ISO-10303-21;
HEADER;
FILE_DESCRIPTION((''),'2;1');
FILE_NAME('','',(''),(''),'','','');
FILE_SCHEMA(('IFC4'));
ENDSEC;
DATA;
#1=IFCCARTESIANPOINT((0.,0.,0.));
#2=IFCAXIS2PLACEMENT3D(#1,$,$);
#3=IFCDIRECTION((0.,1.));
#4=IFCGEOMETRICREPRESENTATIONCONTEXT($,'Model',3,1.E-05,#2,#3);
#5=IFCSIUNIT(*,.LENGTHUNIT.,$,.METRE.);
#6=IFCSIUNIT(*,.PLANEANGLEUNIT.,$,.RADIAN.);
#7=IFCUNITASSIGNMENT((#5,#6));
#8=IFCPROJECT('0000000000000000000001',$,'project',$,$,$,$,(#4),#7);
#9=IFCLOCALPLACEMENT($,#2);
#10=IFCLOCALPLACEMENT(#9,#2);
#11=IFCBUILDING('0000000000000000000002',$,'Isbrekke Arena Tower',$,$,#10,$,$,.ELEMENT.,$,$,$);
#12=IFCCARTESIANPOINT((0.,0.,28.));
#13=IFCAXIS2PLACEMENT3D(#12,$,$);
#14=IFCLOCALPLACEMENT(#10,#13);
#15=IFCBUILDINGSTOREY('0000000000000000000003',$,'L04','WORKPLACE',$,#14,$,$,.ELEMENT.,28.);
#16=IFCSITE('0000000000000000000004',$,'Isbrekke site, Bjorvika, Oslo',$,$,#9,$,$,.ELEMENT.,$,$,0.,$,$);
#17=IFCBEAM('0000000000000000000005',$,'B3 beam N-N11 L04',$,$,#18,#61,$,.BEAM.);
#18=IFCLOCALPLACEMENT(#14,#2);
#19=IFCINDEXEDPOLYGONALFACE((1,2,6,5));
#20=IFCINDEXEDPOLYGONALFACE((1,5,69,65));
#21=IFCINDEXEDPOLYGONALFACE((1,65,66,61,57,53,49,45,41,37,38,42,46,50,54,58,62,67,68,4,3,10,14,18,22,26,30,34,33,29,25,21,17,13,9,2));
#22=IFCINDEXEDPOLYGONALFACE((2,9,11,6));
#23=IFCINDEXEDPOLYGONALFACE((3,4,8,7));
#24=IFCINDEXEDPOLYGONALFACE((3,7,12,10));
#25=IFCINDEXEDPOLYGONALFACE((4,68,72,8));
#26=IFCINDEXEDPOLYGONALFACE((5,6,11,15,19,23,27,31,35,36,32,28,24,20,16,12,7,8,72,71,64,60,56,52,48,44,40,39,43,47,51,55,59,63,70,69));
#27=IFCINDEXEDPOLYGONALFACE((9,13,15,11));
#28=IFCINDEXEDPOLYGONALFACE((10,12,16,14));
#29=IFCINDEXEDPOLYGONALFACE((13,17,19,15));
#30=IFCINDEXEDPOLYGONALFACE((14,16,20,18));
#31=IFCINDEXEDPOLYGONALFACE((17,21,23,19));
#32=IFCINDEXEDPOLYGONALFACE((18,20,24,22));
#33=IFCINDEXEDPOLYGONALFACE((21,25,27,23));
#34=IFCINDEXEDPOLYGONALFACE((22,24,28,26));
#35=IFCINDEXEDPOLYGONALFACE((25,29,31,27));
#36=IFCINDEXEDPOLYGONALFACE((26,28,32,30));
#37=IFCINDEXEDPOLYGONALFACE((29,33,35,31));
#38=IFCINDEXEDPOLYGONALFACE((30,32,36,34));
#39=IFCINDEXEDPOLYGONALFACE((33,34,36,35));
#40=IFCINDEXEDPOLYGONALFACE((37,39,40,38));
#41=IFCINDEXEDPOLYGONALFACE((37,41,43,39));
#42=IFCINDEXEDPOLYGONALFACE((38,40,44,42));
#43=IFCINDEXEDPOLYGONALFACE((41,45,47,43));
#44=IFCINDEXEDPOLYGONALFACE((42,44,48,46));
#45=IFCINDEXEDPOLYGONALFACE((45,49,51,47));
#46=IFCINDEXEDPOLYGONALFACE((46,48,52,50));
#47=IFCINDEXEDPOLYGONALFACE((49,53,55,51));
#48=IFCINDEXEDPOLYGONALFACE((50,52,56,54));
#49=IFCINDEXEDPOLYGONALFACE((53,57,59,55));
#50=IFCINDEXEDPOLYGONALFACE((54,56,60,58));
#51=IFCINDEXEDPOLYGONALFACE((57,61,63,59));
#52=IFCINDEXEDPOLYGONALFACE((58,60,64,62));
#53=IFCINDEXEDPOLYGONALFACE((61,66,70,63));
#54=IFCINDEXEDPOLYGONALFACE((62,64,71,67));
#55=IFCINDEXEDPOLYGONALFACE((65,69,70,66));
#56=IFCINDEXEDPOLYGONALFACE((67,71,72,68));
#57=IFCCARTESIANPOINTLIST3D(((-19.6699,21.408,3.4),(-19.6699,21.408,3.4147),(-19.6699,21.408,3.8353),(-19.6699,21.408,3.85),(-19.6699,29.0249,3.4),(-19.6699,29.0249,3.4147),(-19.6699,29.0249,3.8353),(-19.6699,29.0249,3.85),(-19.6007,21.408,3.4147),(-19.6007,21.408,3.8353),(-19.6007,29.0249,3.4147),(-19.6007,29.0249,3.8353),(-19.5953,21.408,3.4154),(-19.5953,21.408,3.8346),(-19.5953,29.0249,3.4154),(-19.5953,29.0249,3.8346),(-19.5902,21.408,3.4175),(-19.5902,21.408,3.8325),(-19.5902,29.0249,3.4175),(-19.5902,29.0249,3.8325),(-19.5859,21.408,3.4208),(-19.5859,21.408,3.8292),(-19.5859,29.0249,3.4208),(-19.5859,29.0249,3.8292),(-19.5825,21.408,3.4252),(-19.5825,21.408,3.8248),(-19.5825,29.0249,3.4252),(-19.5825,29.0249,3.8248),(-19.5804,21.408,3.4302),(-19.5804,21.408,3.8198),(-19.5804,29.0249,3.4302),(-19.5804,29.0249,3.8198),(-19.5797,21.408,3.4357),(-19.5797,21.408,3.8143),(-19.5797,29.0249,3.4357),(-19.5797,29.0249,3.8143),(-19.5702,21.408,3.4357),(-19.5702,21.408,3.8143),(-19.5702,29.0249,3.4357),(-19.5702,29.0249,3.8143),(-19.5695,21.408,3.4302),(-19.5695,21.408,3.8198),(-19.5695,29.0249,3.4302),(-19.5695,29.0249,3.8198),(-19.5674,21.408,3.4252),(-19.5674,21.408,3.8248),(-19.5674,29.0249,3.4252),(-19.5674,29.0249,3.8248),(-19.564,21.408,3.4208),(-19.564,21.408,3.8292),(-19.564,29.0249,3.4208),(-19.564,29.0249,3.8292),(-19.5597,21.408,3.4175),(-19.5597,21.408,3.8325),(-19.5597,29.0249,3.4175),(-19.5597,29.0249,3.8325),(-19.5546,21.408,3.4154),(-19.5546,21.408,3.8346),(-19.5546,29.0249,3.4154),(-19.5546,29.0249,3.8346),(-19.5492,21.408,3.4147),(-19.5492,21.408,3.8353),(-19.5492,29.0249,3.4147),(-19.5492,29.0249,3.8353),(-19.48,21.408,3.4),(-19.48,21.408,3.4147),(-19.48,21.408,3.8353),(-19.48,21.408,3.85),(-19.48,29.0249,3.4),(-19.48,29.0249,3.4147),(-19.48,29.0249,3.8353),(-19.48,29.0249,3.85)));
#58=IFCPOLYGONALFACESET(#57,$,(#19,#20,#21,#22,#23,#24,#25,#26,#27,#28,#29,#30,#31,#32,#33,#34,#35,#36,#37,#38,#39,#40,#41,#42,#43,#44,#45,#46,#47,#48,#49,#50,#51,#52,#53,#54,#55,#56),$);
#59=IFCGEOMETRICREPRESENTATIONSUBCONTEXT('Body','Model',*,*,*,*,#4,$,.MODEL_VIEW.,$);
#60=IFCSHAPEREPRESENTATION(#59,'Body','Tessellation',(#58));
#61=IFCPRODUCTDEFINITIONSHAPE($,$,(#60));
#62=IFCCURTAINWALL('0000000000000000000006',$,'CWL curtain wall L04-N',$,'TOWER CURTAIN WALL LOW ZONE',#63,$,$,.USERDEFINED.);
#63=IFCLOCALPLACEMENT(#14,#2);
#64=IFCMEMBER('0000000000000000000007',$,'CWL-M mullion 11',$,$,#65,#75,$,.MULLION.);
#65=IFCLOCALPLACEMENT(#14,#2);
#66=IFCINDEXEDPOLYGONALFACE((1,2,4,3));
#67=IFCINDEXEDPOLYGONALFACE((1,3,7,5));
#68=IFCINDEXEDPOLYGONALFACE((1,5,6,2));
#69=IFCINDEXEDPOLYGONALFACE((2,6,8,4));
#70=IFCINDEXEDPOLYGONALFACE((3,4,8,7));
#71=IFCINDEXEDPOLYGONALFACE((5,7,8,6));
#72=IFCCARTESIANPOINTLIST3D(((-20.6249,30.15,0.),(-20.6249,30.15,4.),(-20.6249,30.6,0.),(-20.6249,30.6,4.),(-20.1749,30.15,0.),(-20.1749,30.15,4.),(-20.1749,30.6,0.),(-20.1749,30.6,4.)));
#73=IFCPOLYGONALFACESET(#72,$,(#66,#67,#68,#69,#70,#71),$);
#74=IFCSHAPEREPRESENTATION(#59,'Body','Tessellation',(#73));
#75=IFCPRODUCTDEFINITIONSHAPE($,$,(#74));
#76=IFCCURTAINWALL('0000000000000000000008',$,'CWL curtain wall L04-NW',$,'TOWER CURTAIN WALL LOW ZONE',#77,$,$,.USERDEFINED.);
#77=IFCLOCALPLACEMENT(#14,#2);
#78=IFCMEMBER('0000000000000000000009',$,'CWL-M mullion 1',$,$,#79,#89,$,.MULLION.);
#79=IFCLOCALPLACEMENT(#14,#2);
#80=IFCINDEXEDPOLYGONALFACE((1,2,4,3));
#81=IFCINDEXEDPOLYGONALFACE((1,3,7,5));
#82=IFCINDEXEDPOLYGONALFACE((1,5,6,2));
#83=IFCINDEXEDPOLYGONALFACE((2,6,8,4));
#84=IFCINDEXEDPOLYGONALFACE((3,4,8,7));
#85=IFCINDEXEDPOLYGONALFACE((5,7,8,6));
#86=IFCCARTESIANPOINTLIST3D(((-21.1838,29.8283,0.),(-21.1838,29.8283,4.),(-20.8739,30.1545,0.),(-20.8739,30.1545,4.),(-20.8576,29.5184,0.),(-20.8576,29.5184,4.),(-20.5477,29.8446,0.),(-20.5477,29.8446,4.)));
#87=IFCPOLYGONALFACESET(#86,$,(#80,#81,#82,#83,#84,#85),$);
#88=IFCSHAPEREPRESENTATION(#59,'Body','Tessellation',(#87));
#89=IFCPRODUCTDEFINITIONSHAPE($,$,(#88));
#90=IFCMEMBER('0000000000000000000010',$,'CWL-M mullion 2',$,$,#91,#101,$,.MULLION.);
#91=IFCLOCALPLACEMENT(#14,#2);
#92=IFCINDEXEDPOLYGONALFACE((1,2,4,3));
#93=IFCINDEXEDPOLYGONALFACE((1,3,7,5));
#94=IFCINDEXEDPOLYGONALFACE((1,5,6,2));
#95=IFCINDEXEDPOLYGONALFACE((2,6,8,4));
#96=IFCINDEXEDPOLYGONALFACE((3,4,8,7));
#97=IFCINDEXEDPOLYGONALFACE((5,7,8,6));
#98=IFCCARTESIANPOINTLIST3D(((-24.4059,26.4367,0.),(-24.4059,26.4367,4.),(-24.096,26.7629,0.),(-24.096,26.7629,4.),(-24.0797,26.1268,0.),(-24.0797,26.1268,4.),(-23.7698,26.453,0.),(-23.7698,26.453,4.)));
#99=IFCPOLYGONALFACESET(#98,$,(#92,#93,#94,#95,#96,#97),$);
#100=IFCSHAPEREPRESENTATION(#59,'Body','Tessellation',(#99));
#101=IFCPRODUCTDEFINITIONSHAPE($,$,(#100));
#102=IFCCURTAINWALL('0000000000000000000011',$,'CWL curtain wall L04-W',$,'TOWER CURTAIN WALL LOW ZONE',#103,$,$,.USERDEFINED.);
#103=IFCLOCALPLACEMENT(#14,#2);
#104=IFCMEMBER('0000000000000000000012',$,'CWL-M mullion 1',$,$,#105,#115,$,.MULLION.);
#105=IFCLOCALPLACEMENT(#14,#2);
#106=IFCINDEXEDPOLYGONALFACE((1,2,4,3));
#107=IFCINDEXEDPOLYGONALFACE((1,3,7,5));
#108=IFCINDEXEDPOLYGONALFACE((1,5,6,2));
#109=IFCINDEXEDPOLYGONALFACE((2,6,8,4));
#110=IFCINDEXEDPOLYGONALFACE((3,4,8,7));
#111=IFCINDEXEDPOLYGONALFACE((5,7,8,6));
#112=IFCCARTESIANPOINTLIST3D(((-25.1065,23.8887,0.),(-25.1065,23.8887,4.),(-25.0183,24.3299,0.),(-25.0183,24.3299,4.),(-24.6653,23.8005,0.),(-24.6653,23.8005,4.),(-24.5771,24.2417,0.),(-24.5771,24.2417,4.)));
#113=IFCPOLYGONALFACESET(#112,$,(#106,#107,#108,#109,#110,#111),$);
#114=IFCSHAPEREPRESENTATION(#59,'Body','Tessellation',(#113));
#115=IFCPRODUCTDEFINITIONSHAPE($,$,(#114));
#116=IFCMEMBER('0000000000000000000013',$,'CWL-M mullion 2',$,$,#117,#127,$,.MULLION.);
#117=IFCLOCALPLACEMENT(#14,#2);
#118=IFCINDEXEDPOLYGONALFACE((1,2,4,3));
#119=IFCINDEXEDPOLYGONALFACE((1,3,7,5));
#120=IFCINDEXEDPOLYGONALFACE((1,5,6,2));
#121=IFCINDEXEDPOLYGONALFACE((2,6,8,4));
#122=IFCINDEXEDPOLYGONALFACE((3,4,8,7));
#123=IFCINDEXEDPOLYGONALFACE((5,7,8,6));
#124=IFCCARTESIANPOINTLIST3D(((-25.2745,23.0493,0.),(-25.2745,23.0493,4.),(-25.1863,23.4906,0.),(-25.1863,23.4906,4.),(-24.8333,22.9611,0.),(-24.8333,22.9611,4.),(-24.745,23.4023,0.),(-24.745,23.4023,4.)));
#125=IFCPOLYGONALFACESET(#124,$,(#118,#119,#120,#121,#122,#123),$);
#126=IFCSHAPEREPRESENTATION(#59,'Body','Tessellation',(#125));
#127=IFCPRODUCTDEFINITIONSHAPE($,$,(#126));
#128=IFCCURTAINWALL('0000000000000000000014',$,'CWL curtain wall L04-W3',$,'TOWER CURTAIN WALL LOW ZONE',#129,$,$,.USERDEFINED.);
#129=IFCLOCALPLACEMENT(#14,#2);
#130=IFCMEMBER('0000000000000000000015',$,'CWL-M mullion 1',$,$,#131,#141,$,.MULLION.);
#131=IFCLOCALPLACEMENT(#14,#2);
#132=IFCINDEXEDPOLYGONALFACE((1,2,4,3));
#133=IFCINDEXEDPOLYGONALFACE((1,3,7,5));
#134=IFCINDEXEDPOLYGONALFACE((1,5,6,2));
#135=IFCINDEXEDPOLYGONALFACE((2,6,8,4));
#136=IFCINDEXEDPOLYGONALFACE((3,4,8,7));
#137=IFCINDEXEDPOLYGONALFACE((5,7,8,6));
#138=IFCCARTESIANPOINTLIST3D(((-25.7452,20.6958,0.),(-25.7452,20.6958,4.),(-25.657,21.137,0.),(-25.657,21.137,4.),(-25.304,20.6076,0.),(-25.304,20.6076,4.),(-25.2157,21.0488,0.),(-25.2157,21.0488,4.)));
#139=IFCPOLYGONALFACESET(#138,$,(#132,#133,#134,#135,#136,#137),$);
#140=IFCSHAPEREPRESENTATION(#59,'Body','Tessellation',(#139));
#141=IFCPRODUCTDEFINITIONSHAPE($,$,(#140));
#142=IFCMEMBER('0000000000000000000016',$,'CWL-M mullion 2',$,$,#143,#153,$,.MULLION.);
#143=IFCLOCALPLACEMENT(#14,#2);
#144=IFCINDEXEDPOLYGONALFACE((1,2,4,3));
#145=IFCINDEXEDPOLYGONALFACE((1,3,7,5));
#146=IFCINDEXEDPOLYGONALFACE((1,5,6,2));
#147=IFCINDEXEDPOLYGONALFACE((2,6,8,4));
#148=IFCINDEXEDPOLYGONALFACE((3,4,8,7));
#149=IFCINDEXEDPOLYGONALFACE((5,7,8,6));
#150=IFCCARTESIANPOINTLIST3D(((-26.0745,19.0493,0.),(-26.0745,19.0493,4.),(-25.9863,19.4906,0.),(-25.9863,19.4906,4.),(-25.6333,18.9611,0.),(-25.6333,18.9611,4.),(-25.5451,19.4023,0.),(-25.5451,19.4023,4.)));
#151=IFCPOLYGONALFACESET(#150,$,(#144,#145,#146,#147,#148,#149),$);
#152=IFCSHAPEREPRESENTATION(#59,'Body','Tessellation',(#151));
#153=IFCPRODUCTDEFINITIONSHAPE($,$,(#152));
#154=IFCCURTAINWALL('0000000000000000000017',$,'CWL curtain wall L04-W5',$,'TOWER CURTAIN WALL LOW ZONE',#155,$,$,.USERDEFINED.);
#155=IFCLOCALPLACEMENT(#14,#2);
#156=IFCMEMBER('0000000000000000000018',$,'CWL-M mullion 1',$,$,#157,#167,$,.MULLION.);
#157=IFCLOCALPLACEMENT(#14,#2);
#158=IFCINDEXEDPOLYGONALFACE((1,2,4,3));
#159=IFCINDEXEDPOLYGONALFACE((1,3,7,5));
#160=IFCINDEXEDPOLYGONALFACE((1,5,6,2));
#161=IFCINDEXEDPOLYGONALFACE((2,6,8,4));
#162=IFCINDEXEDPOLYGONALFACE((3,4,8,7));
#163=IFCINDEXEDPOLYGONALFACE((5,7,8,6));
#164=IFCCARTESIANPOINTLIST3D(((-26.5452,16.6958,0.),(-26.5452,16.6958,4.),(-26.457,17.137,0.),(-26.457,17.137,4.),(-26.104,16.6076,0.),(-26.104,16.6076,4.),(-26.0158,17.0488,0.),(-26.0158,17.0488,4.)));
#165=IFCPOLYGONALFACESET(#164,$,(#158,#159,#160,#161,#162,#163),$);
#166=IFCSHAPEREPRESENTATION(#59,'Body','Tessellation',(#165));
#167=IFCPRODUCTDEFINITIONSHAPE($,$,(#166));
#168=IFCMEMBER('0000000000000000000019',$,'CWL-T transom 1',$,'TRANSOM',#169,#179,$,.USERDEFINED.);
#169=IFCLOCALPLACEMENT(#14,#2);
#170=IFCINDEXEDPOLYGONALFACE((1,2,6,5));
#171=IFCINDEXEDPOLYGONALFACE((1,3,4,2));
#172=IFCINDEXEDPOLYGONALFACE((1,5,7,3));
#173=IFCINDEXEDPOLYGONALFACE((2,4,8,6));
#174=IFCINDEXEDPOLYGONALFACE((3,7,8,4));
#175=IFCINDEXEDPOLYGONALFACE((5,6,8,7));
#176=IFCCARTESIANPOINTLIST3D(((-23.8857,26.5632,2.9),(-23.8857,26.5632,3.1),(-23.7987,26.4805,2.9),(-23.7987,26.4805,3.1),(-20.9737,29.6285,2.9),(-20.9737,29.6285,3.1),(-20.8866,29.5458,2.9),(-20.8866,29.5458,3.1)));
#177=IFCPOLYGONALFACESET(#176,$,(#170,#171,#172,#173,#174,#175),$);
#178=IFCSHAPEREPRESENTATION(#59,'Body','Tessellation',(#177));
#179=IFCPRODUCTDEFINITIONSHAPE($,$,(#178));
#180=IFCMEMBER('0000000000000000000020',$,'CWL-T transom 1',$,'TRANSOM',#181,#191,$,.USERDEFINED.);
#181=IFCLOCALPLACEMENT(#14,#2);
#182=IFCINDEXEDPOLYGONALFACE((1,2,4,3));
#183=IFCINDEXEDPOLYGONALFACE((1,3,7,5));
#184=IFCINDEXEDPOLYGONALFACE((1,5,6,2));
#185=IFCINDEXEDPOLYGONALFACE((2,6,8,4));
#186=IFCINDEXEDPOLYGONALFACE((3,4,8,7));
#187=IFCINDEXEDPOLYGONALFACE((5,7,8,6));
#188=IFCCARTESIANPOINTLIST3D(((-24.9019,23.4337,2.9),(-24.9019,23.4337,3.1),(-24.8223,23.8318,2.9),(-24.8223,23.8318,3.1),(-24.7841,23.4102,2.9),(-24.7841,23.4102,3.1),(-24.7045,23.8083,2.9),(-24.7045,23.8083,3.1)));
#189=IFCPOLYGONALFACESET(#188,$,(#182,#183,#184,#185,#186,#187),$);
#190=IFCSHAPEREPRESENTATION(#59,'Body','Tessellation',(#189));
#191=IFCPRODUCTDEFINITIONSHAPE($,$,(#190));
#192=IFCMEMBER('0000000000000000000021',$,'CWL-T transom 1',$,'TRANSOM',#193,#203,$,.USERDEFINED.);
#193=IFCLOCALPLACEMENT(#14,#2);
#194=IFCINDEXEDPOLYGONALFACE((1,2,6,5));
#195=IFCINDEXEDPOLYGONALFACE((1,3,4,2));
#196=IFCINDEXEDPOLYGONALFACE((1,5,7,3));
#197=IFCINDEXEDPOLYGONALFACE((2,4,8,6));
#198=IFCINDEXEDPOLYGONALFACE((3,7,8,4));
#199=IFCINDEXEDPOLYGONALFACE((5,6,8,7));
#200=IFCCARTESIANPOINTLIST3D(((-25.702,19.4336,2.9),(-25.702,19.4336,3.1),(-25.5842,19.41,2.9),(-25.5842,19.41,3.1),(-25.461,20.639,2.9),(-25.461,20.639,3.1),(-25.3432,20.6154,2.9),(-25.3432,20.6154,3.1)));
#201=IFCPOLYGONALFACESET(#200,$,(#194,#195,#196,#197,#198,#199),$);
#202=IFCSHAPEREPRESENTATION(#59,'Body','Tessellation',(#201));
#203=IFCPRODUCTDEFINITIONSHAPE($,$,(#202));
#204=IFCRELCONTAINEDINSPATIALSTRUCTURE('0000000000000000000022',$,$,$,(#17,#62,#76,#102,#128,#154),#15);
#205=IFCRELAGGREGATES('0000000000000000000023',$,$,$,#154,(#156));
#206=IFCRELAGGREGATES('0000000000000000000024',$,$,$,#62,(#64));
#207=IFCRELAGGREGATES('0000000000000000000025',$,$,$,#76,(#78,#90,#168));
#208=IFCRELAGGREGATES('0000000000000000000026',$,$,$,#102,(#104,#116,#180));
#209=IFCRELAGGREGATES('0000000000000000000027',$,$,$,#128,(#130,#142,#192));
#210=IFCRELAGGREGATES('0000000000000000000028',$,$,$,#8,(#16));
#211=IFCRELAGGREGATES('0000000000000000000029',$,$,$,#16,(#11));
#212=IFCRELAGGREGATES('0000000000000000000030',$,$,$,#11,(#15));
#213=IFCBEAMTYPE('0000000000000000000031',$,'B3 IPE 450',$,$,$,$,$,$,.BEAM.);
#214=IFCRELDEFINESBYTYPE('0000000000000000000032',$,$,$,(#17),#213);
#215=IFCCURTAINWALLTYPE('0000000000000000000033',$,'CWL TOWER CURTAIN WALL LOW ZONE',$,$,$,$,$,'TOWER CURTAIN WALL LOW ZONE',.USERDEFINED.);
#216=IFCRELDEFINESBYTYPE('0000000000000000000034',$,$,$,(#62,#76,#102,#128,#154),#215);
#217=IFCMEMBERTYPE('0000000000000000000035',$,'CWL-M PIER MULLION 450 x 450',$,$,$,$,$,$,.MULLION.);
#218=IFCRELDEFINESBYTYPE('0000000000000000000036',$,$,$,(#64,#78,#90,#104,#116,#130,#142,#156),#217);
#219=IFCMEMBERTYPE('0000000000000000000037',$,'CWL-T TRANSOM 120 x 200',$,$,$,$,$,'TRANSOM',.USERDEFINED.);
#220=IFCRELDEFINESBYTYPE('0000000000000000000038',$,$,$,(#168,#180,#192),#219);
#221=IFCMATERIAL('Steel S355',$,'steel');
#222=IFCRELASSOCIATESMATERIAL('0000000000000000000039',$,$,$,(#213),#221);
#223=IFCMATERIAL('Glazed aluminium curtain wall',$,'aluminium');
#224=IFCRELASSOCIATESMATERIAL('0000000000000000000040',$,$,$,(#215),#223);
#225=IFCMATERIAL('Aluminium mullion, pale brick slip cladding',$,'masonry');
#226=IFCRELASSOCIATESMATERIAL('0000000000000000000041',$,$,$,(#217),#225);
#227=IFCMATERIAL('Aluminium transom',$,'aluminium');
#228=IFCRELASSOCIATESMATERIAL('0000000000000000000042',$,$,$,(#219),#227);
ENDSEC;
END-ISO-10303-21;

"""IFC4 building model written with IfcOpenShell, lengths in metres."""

from ifc_helpers import new_model, si_unit, direction, frame, origin, origin_2d, place, context, subcontext, project, spatial, rectangle, i_section, extrude, material, material_profile, profile_set, type_object, element, aggregate, save


model = new_model("IFC4")

# Units and contexts
model_context = context("Model", 3, precision=1e-05, world=origin(), true_north=direction((0.0, 1.0)))
body_context = subcontext(model_context, "Body", "Model", "MODEL_VIEW")
ifc_project = project(units=[si_unit("LENGTHUNIT", "METRE"), si_unit("PLANEANGLEUNIT", "RADIAN")], contexts=[model_context])

# Site, building, storey
site_placement = place(None, origin())
site = spatial("IfcSite", under=ifc_project, at=site_placement, Name="Isbrekke site, Bjorvika, Oslo", CompositionType="ELEMENT", RefElevation=0.0)
building_placement = place(site_placement, origin())
building = spatial("IfcBuilding", under=site, at=building_placement, Name="Isbrekke Arena Tower", CompositionType="ELEMENT")
storey_placement = place(building_placement, frame((0.0, 0.0, 28.0)))
storey = spatial("IfcBuildingStorey", under=building, at=storey_placement, Name="L04", Description="WORKPLACE", CompositionType="ELEMENT", Elevation=28.0)

# Beam
ifc_material_1 = material(Name="Steel S355", Category="steel")
ifc_material_profile_1 = material_profile(ifc_material_1, i_section(OverallWidth=0.1899, OverallDepth=0.45, WebThickness=0.0095, FlangeThickness=0.0146, FilletRadius=0.021, at=origin_2d()), Name="IPE 450")
ifc_profile_set_1 = profile_set([ifc_material_profile_1], Name="Steel S355")
beam_type_1 = type_object("IfcBeamType", Name="B3 IPE 450", PredefinedType="BEAM", material=ifc_profile_set_1)
beam_1_placement = place(storey_placement, frame((-19.575, 29.0249, 3.625), z_axis=(0.0, -1.0, 0.0), x_axis=(1.0, 0.0, 0.0)))
element("IfcBeam", 1, at=beam_1_placement, inside=storey, type_object=beam_type_1, Name="B3 beam N-N11 L04", PredefinedType="BEAM", context=body_context, shape_type="SweptSolid", body=[
    extrude(i_section(OverallWidth=0.1899, OverallDepth=0.45, WebThickness=0.0095, FlangeThickness=0.0146, FilletRadius=0.021, at=origin_2d()), origin(), (0.0, 0.0, 1.0), 7.6169),
])

# Curtain wall, member
ifc_material_2 = material(Name="Glazed aluminium curtain wall", Category="aluminium")
curtain_wall_type = type_object("IfcCurtainWallType", Name="CWL TOWER CURTAIN WALL LOW ZONE", ElementType="TOWER CURTAIN WALL LOW ZONE", PredefinedType="USERDEFINED", material=ifc_material_2)
curtain_wall_1_placement = place(storey_placement, origin())
curtain_wall_1 = element("IfcCurtainWall", 2, at=curtain_wall_1_placement, inside=storey, type_object=curtain_wall_type, Name="CWL curtain wall L04-N", ObjectType="TOWER CURTAIN WALL LOW ZONE", PredefinedType="USERDEFINED")
ifc_material_3 = material(Name="Aluminium mullion, pale brick slip cladding", Category="masonry")
ifc_material_profile_2 = material_profile(ifc_material_3, rectangle(XDim=0.45, YDim=0.45, at=origin_2d()), Name="PIER 450X450")
ifc_profile_set_2 = profile_set([ifc_material_profile_2], Name="Aluminium mullion, pale brick slip cladding")
member_type_1 = type_object("IfcMemberType", Name="CWL-M PIER MULLION 450 x 450", PredefinedType="MULLION", material=ifc_profile_set_2)
member_1_placement = place(storey_placement, frame((-20.3999, 30.375, 0.0), z_axis=(0.0, 0.0, 1.0), x_axis=(-1.0, 0.0, 0.0)))
member_1 = element("IfcMember", 3, at=member_1_placement, type_object=member_type_1, Name="CWL-M mullion 11", PredefinedType="MULLION", context=body_context, shape_type="SweptSolid", body=[
    extrude(rectangle(XDim=0.45, YDim=0.45, at=origin_2d()), origin(), (0.0, 0.0, 1.0), 4.0),
])

# Curtain walls, members
curtain_wall_2_placement = place(storey_placement, origin())
curtain_wall_2 = element("IfcCurtainWall", 4, at=curtain_wall_2_placement, inside=storey, type_object=curtain_wall_type, Name="CWL curtain wall L04-NW", ObjectType="TOWER CURTAIN WALL LOW ZONE", PredefinedType="USERDEFINED")
member_2_placement = place(storey_placement, frame((-20.8657, 29.8364, 0.0), z_axis=(0.0, 0.0, 1.0), x_axis=(-0.688749, -0.724999, 0.0)))
member_2 = element("IfcMember", 5, at=member_2_placement, type_object=member_type_1, Name="CWL-M mullion 1", PredefinedType="MULLION", context=body_context, shape_type="SweptSolid", body=[
    extrude(rectangle(XDim=0.45, YDim=0.45, at=origin_2d()), origin(), (0.0, 0.0, 1.0), 4.0),
])
member_3_placement = place(storey_placement, frame((-24.0879, 26.4448, 0.0), z_axis=(0.0, 0.0, 1.0), x_axis=(-0.688749, -0.724999, 0.0)))
member_3 = element("IfcMember", 6, at=member_3_placement, type_object=member_type_1, Name="CWL-M mullion 2", PredefinedType="MULLION", context=body_context, shape_type="SweptSolid", body=[
    extrude(rectangle(XDim=0.45, YDim=0.45, at=origin_2d()), origin(), (0.0, 0.0, 1.0), 4.0),
])
curtain_wall_3_placement = place(storey_placement, origin())
curtain_wall_3 = element("IfcCurtainWall", 7, at=curtain_wall_3_placement, inside=storey, type_object=curtain_wall_type, Name="CWL curtain wall L04-W", ObjectType="TOWER CURTAIN WALL LOW ZONE", PredefinedType="USERDEFINED")
member_4_placement = place(storey_placement, frame((-24.8418, 24.0652, 0.0), z_axis=(0.0, 0.0, 1.0), x_axis=(-0.196116, -0.980581, 0.0)))
member_4 = element("IfcMember", 8, at=member_4_placement, type_object=member_type_1, Name="CWL-M mullion 1", PredefinedType="MULLION", context=body_context, shape_type="SweptSolid", body=[
    extrude(rectangle(XDim=0.45, YDim=0.45, at=origin_2d()), origin(), (0.0, 0.0, 1.0), 4.0),
])
member_5_placement = place(storey_placement, frame((-25.0098, 23.2258, 0.0), z_axis=(0.0, 0.0, 1.0), x_axis=(-0.196116, -0.980581, 0.0)))
member_5 = element("IfcMember", 9, at=member_5_placement, type_object=member_type_1, Name="CWL-M mullion 2", PredefinedType="MULLION", context=body_context, shape_type="SweptSolid", body=[
    extrude(rectangle(XDim=0.45, YDim=0.45, at=origin_2d()), origin(), (0.0, 0.0, 1.0), 4.0),
])
curtain_wall_4_placement = place(storey_placement, origin())
curtain_wall_4 = element("IfcCurtainWall", 10, at=curtain_wall_4_placement, inside=storey, type_object=curtain_wall_type, Name="CWL curtain wall L04-W3", ObjectType="TOWER CURTAIN WALL LOW ZONE", PredefinedType="USERDEFINED")
member_6_placement = place(storey_placement, frame((-25.4805, 20.8723, 0.0), z_axis=(0.0, 0.0, 1.0), x_axis=(-0.196116, -0.980581, 0.0)))
member_6 = element("IfcMember", 11, at=member_6_placement, type_object=member_type_1, Name="CWL-M mullion 1", PredefinedType="MULLION", context=body_context, shape_type="SweptSolid", body=[
    extrude(rectangle(XDim=0.45, YDim=0.45, at=origin_2d()), origin(), (0.0, 0.0, 1.0), 4.0),
])
member_7_placement = place(storey_placement, frame((-25.8098, 19.2258, 0.0), z_axis=(0.0, 0.0, 1.0), x_axis=(-0.196116, -0.980581, 0.0)))
member_7 = element("IfcMember", 12, at=member_7_placement, type_object=member_type_1, Name="CWL-M mullion 2", PredefinedType="MULLION", context=body_context, shape_type="SweptSolid", body=[
    extrude(rectangle(XDim=0.45, YDim=0.45, at=origin_2d()), origin(), (0.0, 0.0, 1.0), 4.0),
])

# Curtain wall, member
curtain_wall_5_placement = place(storey_placement, origin())
curtain_wall_5 = element("IfcCurtainWall", 13, at=curtain_wall_5_placement, inside=storey, type_object=curtain_wall_type, Name="CWL curtain wall L04-W5", ObjectType="TOWER CURTAIN WALL LOW ZONE", PredefinedType="USERDEFINED")
member_8_placement = place(storey_placement, frame((-26.2805, 16.8723, 0.0), z_axis=(0.0, 0.0, 1.0), x_axis=(-0.196116, -0.980581, 0.0)))
member_8 = element("IfcMember", 14, at=member_8_placement, type_object=member_type_1, Name="CWL-M mullion 1", PredefinedType="MULLION", context=body_context, shape_type="SweptSolid", body=[
    extrude(rectangle(XDim=0.45, YDim=0.45, at=origin_2d()), origin(), (0.0, 0.0, 1.0), 4.0),
])
aggregate(curtain_wall_5, [member_8])

# Members
ifc_material_4 = material(Name="Aluminium transom", Category="aluminium")
ifc_material_profile_3 = material_profile(ifc_material_4, rectangle(XDim=0.1201, YDim=0.2, at=origin_2d()), Name="TRANSOM 120X200")
ifc_profile_set_3 = profile_set([ifc_material_profile_3], Name="Aluminium transom")
member_type_2 = type_object("IfcMemberType", Name="CWL-T TRANSOM 120 x 200", ElementType="TRANSOM", PredefinedType="USERDEFINED", material=ifc_profile_set_3)
member_9_placement = place(storey_placement, frame((-20.9302, 29.5872, 3.0), z_axis=(-0.688743, -0.725005, 0.0), x_axis=(0.725005, -0.688743, 0.0)))
member_9 = element("IfcMember", 15, at=member_9_placement, type_object=member_type_2, Name="CWL-T transom 1", ObjectType="TRANSOM", PredefinedType="USERDEFINED", context=body_context, shape_type="SweptSolid", body=[
    extrude(rectangle(XDim=0.1201, YDim=0.2, at=origin_2d()), origin(), (0.0, 0.0, 1.0), 4.228),
])
member_10_placement = place(storey_placement, frame((-24.7634, 23.8201, 3.0), z_axis=(-0.196001, -0.980604, 0.0), x_axis=(0.980604, -0.196001, 0.0)))
member_10 = element("IfcMember", 16, at=member_10_placement, type_object=member_type_2, Name="CWL-T transom 1", ObjectType="TRANSOM", PredefinedType="USERDEFINED", context=body_context, shape_type="SweptSolid", body=[
    extrude(rectangle(XDim=0.1201, YDim=0.2, at=origin_2d()), origin(), (0.0, 0.0, 1.0), 0.406),
])
member_11_placement = place(storey_placement, frame((-25.4021, 20.6272, 3.0), z_axis=(-0.19604, -0.980596, 0.0), x_axis=(0.980596, -0.19604, 0.0)))
member_11 = element("IfcMember", 17, at=member_11_placement, type_object=member_type_2, Name="CWL-T transom 1", ObjectType="TRANSOM", PredefinedType="USERDEFINED", context=body_context, shape_type="SweptSolid", body=[
    extrude(rectangle(XDim=0.1201, YDim=0.2, at=origin_2d()), origin(), (0.0, 0.0, 1.0), 1.2292),
])

aggregate(curtain_wall_1, [member_1])
aggregate(curtain_wall_2, [member_2, member_3, member_9])
aggregate(curtain_wall_3, [member_4, member_5, member_10])
aggregate(curtain_wall_4, [member_6, member_7, member_11])

save(model, "model.ifc")
